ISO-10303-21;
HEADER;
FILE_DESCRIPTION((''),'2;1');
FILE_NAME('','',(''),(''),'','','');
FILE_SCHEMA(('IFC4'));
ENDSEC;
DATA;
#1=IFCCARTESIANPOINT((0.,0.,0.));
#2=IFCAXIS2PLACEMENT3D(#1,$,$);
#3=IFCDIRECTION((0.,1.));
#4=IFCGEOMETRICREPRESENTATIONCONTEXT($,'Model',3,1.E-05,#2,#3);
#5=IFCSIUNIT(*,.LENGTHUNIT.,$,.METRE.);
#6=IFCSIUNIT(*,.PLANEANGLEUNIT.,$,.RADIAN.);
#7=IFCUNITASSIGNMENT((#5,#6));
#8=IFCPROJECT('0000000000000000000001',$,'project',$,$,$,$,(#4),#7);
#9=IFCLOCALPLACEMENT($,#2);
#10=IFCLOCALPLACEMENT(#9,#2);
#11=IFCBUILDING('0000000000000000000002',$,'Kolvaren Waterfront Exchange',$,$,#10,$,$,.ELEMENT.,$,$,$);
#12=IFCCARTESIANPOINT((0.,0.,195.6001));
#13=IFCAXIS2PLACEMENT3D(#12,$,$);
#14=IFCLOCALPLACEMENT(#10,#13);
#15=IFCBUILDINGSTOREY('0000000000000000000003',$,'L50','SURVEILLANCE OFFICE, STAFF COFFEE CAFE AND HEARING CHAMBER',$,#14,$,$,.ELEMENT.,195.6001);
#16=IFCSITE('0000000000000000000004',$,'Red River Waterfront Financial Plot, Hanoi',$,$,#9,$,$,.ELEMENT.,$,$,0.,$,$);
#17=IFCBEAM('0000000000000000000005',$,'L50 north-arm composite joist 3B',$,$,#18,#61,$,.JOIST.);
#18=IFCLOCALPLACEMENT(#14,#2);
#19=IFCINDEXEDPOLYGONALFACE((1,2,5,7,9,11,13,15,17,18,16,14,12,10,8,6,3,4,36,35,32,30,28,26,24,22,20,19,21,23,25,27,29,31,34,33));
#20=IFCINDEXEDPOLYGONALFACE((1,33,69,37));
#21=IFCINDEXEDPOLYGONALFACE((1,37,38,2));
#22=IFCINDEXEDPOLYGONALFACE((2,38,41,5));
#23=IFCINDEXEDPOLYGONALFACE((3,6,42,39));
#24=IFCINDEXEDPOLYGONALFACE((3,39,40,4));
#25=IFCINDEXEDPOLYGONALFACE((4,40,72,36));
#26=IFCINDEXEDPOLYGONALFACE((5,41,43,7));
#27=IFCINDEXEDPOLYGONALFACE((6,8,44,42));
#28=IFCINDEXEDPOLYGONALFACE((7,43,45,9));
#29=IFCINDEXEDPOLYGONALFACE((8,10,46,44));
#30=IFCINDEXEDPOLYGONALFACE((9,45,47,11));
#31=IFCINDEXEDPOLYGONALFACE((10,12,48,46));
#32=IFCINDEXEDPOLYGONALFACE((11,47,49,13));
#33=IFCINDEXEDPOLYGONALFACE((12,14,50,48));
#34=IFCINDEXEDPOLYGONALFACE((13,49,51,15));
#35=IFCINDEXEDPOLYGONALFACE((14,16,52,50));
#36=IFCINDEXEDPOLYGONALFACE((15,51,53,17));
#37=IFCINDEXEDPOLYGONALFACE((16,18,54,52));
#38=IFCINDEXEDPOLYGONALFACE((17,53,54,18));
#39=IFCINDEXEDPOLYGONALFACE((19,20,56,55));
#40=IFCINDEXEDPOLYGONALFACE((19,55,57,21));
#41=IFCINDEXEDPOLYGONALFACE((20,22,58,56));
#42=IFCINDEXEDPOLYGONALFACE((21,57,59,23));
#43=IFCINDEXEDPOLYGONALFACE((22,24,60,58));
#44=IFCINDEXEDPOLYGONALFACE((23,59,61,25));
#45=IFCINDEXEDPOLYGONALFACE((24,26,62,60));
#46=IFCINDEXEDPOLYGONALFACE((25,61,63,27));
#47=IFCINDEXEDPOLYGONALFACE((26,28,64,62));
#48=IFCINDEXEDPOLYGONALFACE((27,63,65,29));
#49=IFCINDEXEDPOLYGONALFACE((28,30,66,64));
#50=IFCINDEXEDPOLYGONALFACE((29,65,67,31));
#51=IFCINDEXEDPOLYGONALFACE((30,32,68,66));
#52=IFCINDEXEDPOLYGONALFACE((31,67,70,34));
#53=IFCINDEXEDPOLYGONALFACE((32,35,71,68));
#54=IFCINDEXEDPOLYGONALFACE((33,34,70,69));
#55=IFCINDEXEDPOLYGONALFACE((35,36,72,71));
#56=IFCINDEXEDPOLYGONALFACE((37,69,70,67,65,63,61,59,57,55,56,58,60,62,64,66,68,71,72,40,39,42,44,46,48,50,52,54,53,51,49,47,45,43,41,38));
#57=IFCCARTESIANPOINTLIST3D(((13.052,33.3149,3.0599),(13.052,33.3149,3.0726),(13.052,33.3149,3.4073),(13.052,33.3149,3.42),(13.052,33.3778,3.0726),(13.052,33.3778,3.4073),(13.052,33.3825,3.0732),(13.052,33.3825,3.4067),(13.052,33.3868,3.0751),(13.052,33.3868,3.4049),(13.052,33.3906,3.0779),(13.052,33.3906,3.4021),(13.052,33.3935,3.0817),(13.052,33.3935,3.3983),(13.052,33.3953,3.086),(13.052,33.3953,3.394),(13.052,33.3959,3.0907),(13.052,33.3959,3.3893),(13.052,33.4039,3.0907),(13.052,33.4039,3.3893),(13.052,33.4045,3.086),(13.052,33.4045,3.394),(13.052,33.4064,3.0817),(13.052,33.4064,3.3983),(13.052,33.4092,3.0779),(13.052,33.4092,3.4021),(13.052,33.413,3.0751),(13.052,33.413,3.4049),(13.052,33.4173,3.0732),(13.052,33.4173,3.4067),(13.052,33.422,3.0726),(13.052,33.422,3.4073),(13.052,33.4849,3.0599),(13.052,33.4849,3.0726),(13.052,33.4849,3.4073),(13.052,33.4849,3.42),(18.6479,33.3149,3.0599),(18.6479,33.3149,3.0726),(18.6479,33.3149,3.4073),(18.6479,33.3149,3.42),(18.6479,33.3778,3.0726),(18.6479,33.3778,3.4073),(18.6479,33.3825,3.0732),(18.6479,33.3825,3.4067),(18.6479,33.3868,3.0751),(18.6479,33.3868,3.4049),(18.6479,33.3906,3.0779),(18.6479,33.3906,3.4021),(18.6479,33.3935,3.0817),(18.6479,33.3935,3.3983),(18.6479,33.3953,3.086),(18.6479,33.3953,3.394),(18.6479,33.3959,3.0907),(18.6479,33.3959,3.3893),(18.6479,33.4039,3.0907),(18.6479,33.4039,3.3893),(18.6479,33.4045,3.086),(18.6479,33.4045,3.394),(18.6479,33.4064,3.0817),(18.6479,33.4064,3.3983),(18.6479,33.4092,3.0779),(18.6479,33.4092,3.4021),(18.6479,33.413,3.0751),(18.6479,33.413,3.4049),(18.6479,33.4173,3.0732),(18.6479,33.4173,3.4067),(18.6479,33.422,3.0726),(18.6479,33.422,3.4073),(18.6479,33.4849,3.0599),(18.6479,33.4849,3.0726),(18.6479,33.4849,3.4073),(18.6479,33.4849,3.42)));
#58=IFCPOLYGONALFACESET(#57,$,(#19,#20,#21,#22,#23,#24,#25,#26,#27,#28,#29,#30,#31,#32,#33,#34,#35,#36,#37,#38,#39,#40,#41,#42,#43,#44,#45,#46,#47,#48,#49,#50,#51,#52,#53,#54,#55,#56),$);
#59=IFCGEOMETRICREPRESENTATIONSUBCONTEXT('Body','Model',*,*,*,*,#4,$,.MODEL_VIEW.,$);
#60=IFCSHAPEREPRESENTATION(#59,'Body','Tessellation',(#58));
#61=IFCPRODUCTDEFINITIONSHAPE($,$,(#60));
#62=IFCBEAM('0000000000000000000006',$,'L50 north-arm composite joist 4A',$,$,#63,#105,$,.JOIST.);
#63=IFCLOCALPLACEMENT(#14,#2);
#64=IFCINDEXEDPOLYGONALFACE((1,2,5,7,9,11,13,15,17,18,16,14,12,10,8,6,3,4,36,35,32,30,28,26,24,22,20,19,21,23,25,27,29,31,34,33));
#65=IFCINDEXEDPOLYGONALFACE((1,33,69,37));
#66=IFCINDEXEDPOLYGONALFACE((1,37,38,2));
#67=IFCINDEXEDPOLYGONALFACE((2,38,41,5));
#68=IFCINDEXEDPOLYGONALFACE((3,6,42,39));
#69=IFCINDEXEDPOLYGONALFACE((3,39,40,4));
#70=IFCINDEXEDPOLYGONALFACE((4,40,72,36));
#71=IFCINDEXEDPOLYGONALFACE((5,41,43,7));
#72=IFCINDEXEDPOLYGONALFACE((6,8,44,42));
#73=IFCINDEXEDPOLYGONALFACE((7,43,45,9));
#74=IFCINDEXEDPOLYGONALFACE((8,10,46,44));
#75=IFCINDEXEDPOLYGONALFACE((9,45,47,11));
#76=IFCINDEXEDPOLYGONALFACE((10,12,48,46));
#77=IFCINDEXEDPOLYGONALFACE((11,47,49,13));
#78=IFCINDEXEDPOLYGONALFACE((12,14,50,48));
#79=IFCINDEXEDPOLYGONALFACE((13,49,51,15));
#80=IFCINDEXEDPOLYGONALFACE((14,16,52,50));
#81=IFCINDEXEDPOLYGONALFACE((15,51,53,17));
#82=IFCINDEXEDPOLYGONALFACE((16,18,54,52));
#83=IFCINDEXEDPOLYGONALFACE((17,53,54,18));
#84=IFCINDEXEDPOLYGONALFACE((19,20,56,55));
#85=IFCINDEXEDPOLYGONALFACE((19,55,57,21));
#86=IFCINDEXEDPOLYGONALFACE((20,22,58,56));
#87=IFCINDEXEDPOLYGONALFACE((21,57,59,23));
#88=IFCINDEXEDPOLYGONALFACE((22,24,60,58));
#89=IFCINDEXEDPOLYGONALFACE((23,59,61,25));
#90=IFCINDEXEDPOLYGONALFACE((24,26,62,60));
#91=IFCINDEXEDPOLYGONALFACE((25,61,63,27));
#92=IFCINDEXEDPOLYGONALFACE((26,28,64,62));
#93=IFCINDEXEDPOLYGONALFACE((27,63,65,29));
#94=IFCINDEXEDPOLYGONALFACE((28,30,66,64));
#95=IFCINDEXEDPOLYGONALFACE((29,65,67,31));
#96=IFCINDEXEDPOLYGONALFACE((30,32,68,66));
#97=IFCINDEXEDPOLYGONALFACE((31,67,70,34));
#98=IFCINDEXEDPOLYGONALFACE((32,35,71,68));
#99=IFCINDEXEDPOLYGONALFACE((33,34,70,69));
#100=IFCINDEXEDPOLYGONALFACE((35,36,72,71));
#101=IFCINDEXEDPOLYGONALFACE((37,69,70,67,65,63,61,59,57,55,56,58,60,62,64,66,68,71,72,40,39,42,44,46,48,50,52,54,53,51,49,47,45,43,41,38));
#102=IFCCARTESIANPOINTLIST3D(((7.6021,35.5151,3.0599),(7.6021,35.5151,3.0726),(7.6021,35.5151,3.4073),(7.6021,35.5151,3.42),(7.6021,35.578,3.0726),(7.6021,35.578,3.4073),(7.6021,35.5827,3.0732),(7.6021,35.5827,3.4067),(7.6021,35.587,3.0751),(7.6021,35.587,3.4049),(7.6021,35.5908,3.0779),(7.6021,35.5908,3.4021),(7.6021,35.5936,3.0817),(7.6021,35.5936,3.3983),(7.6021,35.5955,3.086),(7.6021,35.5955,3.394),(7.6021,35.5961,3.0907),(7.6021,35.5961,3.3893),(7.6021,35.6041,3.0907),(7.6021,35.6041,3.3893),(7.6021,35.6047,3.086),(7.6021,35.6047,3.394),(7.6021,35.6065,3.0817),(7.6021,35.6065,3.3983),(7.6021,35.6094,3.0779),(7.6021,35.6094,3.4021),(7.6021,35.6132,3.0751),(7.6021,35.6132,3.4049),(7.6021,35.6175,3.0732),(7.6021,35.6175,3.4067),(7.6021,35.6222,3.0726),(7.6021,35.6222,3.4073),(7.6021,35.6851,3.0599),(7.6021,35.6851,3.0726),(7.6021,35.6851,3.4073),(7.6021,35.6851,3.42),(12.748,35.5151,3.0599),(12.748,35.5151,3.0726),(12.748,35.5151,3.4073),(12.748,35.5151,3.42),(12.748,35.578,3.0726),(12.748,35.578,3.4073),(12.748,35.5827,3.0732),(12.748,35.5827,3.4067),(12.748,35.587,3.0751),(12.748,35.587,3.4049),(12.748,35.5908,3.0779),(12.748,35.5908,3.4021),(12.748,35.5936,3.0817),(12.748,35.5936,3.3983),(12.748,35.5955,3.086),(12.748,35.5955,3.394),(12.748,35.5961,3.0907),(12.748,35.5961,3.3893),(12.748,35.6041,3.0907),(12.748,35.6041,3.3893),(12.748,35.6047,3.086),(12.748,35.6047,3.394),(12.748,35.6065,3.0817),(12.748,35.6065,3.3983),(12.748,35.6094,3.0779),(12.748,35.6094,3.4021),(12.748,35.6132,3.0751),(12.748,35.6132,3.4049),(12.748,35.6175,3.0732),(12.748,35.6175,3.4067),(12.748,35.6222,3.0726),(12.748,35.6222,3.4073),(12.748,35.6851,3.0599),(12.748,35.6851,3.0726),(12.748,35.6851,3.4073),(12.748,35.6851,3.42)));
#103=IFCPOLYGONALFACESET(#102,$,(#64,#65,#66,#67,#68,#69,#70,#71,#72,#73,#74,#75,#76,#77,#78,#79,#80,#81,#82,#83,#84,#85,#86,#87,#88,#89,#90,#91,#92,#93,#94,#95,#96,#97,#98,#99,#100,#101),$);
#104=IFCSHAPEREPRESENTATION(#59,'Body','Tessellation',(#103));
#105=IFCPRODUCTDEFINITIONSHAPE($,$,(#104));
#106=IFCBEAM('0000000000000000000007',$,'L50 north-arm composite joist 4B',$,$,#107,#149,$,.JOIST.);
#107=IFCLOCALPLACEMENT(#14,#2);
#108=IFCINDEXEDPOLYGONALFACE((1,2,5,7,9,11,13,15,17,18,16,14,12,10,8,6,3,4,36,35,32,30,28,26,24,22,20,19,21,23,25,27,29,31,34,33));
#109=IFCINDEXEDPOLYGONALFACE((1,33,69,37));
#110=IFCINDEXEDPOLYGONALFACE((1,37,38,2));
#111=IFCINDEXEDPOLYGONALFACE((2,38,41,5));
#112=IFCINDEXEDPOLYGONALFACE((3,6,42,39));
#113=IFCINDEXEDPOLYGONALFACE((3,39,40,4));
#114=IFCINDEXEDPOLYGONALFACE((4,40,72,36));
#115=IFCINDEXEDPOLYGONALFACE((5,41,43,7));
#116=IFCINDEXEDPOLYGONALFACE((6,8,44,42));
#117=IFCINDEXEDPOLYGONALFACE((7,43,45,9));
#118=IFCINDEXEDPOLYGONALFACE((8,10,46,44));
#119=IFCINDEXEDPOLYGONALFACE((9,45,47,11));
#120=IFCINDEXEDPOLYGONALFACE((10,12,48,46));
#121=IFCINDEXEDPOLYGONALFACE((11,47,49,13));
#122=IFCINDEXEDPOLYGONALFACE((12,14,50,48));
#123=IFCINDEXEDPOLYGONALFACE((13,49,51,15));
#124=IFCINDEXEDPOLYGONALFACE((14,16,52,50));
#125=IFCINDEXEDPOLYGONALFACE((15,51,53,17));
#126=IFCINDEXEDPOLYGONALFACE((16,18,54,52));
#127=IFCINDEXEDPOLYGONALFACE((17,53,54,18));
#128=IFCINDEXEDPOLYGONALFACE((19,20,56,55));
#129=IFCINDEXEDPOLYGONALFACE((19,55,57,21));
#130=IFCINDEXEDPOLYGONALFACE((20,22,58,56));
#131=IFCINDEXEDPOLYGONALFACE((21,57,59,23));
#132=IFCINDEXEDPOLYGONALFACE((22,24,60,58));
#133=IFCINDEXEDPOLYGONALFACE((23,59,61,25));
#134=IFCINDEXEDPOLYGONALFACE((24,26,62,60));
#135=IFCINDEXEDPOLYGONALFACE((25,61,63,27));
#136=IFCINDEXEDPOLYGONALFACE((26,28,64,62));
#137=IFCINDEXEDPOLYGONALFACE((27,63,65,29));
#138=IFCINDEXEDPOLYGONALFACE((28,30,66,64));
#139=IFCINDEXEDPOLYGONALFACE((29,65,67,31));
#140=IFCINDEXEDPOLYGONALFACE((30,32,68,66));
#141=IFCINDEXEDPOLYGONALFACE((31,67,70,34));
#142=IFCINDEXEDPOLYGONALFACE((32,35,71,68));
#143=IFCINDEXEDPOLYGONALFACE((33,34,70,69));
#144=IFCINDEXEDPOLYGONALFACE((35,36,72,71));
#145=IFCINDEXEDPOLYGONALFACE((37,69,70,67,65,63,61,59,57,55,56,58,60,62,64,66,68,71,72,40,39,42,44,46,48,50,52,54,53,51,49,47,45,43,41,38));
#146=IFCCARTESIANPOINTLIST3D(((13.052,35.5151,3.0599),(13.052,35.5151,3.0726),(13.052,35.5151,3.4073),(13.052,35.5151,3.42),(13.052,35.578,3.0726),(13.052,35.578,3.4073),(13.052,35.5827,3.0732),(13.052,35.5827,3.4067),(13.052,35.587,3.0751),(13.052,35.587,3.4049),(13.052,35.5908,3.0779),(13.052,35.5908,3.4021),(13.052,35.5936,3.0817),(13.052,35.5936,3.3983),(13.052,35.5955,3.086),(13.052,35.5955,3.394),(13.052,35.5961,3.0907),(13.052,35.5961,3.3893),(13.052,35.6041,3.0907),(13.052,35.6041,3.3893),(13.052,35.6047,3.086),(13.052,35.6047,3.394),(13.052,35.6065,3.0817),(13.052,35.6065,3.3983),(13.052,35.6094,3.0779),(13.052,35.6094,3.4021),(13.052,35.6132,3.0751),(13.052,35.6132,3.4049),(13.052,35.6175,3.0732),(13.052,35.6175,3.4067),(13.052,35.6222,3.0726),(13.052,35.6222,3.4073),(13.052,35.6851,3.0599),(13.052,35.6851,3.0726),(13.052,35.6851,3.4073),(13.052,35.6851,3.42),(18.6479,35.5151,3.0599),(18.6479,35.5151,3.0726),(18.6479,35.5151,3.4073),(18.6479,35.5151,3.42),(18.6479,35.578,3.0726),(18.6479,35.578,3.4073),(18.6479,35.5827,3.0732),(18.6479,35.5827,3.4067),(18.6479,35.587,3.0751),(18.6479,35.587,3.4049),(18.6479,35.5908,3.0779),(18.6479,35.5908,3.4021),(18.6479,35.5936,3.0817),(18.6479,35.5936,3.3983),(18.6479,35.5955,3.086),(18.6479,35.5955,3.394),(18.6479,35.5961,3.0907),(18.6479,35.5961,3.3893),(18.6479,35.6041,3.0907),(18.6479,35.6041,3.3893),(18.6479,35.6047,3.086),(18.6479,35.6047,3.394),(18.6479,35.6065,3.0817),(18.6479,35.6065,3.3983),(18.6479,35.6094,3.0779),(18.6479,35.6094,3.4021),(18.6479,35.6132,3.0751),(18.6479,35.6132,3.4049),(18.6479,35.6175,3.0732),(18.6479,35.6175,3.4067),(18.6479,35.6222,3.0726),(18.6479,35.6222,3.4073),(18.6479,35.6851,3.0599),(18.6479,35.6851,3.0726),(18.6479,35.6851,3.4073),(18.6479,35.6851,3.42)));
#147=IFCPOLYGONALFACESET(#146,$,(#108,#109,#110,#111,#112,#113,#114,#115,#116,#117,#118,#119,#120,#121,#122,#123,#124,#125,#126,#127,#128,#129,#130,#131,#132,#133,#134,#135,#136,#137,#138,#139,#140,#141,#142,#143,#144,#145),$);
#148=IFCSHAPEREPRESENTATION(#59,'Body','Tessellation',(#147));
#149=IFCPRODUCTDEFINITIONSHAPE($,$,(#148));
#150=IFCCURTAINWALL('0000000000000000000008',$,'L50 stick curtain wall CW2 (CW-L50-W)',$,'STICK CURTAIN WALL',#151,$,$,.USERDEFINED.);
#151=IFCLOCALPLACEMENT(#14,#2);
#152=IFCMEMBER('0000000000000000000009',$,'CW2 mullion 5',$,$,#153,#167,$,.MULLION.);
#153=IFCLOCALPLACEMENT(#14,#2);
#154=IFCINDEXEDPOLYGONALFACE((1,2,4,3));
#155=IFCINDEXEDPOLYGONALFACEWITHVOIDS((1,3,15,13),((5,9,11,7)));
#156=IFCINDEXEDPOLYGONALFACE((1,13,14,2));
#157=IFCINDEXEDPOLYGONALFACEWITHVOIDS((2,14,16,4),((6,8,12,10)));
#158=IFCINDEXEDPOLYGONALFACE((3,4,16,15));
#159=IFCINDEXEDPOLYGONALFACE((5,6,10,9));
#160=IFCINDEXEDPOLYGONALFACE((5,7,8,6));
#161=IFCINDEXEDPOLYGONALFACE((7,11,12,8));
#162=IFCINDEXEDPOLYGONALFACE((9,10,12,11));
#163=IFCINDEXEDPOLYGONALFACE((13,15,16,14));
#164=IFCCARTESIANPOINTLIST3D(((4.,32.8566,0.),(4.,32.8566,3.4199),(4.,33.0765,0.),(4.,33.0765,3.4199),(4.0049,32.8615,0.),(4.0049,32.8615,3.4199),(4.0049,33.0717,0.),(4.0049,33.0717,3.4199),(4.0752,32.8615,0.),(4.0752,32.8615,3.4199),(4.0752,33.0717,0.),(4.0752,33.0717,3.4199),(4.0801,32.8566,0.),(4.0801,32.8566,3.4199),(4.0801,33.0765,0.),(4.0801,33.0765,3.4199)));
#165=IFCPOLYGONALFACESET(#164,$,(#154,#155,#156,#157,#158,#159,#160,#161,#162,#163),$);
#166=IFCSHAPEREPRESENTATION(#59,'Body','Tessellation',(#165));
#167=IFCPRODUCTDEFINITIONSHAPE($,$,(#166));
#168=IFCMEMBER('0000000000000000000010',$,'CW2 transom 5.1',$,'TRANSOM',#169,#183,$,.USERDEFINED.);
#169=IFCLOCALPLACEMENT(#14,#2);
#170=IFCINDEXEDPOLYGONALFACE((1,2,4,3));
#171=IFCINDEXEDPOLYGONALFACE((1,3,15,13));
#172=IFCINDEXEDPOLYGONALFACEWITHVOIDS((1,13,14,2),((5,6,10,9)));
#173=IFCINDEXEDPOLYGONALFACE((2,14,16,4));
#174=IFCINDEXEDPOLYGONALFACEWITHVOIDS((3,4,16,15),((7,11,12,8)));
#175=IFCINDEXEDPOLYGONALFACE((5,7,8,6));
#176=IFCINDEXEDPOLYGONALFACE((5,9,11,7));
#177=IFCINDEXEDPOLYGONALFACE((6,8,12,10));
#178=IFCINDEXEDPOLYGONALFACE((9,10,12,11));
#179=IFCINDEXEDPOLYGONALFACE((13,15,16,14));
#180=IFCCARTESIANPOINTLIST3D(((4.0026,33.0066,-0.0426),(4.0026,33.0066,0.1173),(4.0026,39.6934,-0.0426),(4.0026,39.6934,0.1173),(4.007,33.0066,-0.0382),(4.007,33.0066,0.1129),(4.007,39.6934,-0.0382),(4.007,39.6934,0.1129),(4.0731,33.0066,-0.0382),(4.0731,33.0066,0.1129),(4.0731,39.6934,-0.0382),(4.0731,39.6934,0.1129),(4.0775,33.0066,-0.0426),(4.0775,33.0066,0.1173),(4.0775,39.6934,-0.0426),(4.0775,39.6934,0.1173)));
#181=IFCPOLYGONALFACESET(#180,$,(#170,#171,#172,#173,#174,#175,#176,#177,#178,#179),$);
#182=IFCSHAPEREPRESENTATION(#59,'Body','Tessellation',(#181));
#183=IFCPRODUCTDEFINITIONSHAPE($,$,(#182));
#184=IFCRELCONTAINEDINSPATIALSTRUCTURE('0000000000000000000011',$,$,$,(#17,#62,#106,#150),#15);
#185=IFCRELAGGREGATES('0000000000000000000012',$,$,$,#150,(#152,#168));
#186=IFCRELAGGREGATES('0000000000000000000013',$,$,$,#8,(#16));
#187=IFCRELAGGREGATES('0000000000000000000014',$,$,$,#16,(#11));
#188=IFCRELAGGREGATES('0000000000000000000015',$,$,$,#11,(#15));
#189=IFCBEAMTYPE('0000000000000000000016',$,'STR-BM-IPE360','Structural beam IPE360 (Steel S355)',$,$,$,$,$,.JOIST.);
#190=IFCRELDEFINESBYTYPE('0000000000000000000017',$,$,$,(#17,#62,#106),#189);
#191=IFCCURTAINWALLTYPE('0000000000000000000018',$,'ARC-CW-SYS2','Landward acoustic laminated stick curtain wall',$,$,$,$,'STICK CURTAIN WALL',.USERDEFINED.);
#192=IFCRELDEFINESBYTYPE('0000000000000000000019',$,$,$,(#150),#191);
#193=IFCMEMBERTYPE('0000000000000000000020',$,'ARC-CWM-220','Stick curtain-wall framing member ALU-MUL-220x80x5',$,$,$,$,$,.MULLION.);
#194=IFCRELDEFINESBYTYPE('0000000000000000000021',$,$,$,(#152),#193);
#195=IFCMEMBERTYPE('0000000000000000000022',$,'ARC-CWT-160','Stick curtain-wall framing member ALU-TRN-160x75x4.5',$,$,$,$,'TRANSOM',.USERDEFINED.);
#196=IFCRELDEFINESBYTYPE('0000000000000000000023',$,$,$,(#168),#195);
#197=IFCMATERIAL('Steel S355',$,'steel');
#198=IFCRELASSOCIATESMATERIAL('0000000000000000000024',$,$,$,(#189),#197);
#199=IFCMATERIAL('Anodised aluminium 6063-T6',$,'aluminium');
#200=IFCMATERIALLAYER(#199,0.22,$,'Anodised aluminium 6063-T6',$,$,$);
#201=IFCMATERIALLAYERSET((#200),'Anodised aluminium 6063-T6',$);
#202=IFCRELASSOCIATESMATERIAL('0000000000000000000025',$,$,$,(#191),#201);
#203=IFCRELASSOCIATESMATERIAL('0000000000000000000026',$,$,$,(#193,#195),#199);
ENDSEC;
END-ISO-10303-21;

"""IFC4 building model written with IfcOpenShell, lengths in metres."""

from ifc_helpers import new_model, si_unit, direction, frame, origin, origin_with_axes, origin_2d, place, context, subcontext, project, spatial, hollow_rectangle, i_section, extrude, source, transform, mapped, material, layer, layer_set, material_profile, profile_set, type_object, element, aggregate, save


model = new_model("IFC4")

# Units and contexts
model_context = context("Model", 3, precision=1e-05, world=origin(), true_north=direction((0.0, 1.0)))
body_context = subcontext(model_context, "Body", "Model", "MODEL_VIEW")
ifc_project = project(units=[si_unit("LENGTHUNIT", "METRE"), si_unit("PLANEANGLEUNIT", "RADIAN")], contexts=[model_context])

# Site, building, storey
site_placement = place(None, origin())
site = spatial("IfcSite", under=ifc_project, at=site_placement, Name="Red River Waterfront Financial Plot, Hanoi", CompositionType="ELEMENT", RefElevation=0.0)
building_placement = place(site_placement, origin())
building = spatial("IfcBuilding", under=site, at=building_placement, Name="Kolvaren Waterfront Exchange", CompositionType="ELEMENT")
storey_placement = place(building_placement, frame((0.0, 0.0, 195.6001)))
storey = spatial("IfcBuildingStorey", under=building, at=storey_placement, Name="L50", Description="SURVEILLANCE OFFICE, STAFF COFFEE CAFE AND HEARING CHAMBER", CompositionType="ELEMENT", Elevation=195.6001)

# Beams
ifc_material_1 = material(Name="Steel S355", Category="steel")
ifc_material_profile_1 = material_profile(ifc_material_1, i_section(OverallWidth=0.1699, OverallDepth=0.3601, WebThickness=0.0081, FlangeThickness=0.0127, FilletRadius=0.0181, at=origin_2d()), Name="IPE360")
ifc_profile_set_1 = profile_set([ifc_material_profile_1], Name="Steel S355")
beam_type_1 = type_object("IfcBeamType", Name="STR-BM-IPE360", Description="Structural beam IPE360 (Steel S355)", PredefinedType="JOIST", material=ifc_profile_set_1)
beam_1_placement = place(storey_placement, frame((13.052, 33.3999, 3.24), z_axis=(1.0, 0.0, 0.0), x_axis=(0.0, 1.0, 0.0)))
element("IfcBeam", 1, at=beam_1_placement, inside=storey, type_object=beam_type_1, Name="L50 north-arm composite joist 3B", PredefinedType="JOIST", context=body_context, shape_type="SweptSolid", body=[
    extrude(i_section(OverallWidth=0.1699, OverallDepth=0.3601, WebThickness=0.0081, FlangeThickness=0.0127, FilletRadius=0.0181, at=origin_2d()), origin(), (0.0, 0.0, 1.0), 5.5959),
])
beam_2_placement = place(storey_placement, frame((7.6021, 35.6001, 3.24), z_axis=(1.0, 0.0, 0.0), x_axis=(0.0, 1.0, 0.0)))
element("IfcBeam", 2, at=beam_2_placement, inside=storey, type_object=beam_type_1, Name="L50 north-arm composite joist 4A", PredefinedType="JOIST", context=body_context, shape_type="SweptSolid", body=[
    extrude(i_section(OverallWidth=0.1699, OverallDepth=0.3601, WebThickness=0.0081, FlangeThickness=0.0127, FilletRadius=0.0181, at=origin_2d()), origin(), (0.0, 0.0, 1.0), 5.146),
])
beam_3_placement = place(storey_placement, frame((13.052, 35.6001, 3.24), z_axis=(1.0, 0.0, 0.0), x_axis=(0.0, 1.0, 0.0)))
element("IfcBeam", 3, at=beam_3_placement, inside=storey, type_object=beam_type_1, Name="L50 north-arm composite joist 4B", PredefinedType="JOIST", context=body_context, shape_type="SweptSolid", body=[
    extrude(i_section(OverallWidth=0.1699, OverallDepth=0.3601, WebThickness=0.0081, FlangeThickness=0.0127, FilletRadius=0.0181, at=origin_2d()), origin(), (0.0, 0.0, 1.0), 5.5959),
])

# Curtain wall, members
ifc_material_2 = material(Name="Anodised aluminium 6063-T6", Category="aluminium")
ifc_layer_1 = layer(ifc_material_2, 0.22, Name="Anodised aluminium 6063-T6")
ifc_layer_set_1 = layer_set([ifc_layer_1], Name="Anodised aluminium 6063-T6")
curtain_wall_type = type_object("IfcCurtainWallType", Name="ARC-CW-SYS2", Description="Landward acoustic laminated stick curtain wall", ElementType="STICK CURTAIN WALL", PredefinedType="USERDEFINED", material=ifc_layer_set_1)
curtain_wall_placement = place(storey_placement, origin())
curtain_wall = element("IfcCurtainWall", 4, at=curtain_wall_placement, inside=storey, type_object=curtain_wall_type, Name="L50 stick curtain wall CW2 (CW-L50-W)", ObjectType="STICK CURTAIN WALL", PredefinedType="USERDEFINED")
ifc_material_profile_2 = material_profile(ifc_material_2, hollow_rectangle(XDim=0.0801, YDim=0.22, WallThickness=0.0049, at=origin_2d()), Name="ALU-MUL-220x80x5")
ifc_profile_set_2 = profile_set([ifc_material_profile_2], Name="Anodised aluminium 6063-T6")
member_type_1 = type_object("IfcMemberType", Name="ARC-CWM-220", Description="Stick curtain-wall framing member ALU-MUL-220x80x5", PredefinedType="MULLION", material=ifc_profile_set_2)
shared_shape_1 = source(origin_with_axes(), body_context, "Body", "SweptSolid", [
    extrude(hollow_rectangle(XDim=0.0801, YDim=0.22, WallThickness=0.0049, at=origin_2d()), origin(), (0.0, 0.0, 1.0), 3.4199),
])
member_1_placement = place(storey_placement, frame((4.04, 32.9666, 0.0), z_axis=(0.0, 0.0, 1.0), x_axis=(-1.0, 0.0, 0.0)))
member_1 = element("IfcMember", 5, at=member_1_placement, type_object=member_type_1, Name="CW2 mullion 5", PredefinedType="MULLION", context=body_context, shape_type="MappedRepresentation", body=[
    mapped(shared_shape_1, transform((0.0, 0.0, 0.0), x_axis=(1.0, 0.0, 0.0), y_axis=(0.0, 1.0, 0.0), z_axis=(0.0, 0.0, 1.0), scale=1.0)),
])
ifc_material_profile_3 = material_profile(ifc_material_2, hollow_rectangle(XDim=0.075, YDim=0.1599, WallThickness=0.0044, at=origin_2d()), Name="ALU-TRN-160x75x4.5")
ifc_profile_set_3 = profile_set([ifc_material_profile_3], Name="Anodised aluminium 6063-T6")
member_type_2 = type_object("IfcMemberType", Name="ARC-CWT-160", Description="Stick curtain-wall framing member ALU-TRN-160x75x4.5", ElementType="TRANSOM", PredefinedType="USERDEFINED", material=ifc_profile_set_3)
shared_shape_2 = source(origin_with_axes(), body_context, "Body", "SweptSolid", [
    extrude(hollow_rectangle(XDim=0.075, YDim=0.1599, WallThickness=0.0044, at=origin_2d()), origin(), (0.0, 0.0, 1.0), 6.6868),
])
member_2_placement = place(storey_placement, frame((4.04, 33.0066, 0.0374), z_axis=(0.0, 1.0, 0.0), x_axis=(-1.0, 0.0, 0.0)))
member_2 = element("IfcMember", 6, at=member_2_placement, type_object=member_type_2, Name="CW2 transom 5.1", ObjectType="TRANSOM", PredefinedType="USERDEFINED", context=body_context, shape_type="MappedRepresentation", body=[
    mapped(shared_shape_2, transform((0.0, 0.0, 0.0), x_axis=(1.0, 0.0, 0.0), y_axis=(0.0, 1.0, 0.0), z_axis=(0.0, 0.0, 1.0), scale=1.0)),
])
aggregate(curtain_wall, [member_1, member_2])

save(model, "model.ifc")
